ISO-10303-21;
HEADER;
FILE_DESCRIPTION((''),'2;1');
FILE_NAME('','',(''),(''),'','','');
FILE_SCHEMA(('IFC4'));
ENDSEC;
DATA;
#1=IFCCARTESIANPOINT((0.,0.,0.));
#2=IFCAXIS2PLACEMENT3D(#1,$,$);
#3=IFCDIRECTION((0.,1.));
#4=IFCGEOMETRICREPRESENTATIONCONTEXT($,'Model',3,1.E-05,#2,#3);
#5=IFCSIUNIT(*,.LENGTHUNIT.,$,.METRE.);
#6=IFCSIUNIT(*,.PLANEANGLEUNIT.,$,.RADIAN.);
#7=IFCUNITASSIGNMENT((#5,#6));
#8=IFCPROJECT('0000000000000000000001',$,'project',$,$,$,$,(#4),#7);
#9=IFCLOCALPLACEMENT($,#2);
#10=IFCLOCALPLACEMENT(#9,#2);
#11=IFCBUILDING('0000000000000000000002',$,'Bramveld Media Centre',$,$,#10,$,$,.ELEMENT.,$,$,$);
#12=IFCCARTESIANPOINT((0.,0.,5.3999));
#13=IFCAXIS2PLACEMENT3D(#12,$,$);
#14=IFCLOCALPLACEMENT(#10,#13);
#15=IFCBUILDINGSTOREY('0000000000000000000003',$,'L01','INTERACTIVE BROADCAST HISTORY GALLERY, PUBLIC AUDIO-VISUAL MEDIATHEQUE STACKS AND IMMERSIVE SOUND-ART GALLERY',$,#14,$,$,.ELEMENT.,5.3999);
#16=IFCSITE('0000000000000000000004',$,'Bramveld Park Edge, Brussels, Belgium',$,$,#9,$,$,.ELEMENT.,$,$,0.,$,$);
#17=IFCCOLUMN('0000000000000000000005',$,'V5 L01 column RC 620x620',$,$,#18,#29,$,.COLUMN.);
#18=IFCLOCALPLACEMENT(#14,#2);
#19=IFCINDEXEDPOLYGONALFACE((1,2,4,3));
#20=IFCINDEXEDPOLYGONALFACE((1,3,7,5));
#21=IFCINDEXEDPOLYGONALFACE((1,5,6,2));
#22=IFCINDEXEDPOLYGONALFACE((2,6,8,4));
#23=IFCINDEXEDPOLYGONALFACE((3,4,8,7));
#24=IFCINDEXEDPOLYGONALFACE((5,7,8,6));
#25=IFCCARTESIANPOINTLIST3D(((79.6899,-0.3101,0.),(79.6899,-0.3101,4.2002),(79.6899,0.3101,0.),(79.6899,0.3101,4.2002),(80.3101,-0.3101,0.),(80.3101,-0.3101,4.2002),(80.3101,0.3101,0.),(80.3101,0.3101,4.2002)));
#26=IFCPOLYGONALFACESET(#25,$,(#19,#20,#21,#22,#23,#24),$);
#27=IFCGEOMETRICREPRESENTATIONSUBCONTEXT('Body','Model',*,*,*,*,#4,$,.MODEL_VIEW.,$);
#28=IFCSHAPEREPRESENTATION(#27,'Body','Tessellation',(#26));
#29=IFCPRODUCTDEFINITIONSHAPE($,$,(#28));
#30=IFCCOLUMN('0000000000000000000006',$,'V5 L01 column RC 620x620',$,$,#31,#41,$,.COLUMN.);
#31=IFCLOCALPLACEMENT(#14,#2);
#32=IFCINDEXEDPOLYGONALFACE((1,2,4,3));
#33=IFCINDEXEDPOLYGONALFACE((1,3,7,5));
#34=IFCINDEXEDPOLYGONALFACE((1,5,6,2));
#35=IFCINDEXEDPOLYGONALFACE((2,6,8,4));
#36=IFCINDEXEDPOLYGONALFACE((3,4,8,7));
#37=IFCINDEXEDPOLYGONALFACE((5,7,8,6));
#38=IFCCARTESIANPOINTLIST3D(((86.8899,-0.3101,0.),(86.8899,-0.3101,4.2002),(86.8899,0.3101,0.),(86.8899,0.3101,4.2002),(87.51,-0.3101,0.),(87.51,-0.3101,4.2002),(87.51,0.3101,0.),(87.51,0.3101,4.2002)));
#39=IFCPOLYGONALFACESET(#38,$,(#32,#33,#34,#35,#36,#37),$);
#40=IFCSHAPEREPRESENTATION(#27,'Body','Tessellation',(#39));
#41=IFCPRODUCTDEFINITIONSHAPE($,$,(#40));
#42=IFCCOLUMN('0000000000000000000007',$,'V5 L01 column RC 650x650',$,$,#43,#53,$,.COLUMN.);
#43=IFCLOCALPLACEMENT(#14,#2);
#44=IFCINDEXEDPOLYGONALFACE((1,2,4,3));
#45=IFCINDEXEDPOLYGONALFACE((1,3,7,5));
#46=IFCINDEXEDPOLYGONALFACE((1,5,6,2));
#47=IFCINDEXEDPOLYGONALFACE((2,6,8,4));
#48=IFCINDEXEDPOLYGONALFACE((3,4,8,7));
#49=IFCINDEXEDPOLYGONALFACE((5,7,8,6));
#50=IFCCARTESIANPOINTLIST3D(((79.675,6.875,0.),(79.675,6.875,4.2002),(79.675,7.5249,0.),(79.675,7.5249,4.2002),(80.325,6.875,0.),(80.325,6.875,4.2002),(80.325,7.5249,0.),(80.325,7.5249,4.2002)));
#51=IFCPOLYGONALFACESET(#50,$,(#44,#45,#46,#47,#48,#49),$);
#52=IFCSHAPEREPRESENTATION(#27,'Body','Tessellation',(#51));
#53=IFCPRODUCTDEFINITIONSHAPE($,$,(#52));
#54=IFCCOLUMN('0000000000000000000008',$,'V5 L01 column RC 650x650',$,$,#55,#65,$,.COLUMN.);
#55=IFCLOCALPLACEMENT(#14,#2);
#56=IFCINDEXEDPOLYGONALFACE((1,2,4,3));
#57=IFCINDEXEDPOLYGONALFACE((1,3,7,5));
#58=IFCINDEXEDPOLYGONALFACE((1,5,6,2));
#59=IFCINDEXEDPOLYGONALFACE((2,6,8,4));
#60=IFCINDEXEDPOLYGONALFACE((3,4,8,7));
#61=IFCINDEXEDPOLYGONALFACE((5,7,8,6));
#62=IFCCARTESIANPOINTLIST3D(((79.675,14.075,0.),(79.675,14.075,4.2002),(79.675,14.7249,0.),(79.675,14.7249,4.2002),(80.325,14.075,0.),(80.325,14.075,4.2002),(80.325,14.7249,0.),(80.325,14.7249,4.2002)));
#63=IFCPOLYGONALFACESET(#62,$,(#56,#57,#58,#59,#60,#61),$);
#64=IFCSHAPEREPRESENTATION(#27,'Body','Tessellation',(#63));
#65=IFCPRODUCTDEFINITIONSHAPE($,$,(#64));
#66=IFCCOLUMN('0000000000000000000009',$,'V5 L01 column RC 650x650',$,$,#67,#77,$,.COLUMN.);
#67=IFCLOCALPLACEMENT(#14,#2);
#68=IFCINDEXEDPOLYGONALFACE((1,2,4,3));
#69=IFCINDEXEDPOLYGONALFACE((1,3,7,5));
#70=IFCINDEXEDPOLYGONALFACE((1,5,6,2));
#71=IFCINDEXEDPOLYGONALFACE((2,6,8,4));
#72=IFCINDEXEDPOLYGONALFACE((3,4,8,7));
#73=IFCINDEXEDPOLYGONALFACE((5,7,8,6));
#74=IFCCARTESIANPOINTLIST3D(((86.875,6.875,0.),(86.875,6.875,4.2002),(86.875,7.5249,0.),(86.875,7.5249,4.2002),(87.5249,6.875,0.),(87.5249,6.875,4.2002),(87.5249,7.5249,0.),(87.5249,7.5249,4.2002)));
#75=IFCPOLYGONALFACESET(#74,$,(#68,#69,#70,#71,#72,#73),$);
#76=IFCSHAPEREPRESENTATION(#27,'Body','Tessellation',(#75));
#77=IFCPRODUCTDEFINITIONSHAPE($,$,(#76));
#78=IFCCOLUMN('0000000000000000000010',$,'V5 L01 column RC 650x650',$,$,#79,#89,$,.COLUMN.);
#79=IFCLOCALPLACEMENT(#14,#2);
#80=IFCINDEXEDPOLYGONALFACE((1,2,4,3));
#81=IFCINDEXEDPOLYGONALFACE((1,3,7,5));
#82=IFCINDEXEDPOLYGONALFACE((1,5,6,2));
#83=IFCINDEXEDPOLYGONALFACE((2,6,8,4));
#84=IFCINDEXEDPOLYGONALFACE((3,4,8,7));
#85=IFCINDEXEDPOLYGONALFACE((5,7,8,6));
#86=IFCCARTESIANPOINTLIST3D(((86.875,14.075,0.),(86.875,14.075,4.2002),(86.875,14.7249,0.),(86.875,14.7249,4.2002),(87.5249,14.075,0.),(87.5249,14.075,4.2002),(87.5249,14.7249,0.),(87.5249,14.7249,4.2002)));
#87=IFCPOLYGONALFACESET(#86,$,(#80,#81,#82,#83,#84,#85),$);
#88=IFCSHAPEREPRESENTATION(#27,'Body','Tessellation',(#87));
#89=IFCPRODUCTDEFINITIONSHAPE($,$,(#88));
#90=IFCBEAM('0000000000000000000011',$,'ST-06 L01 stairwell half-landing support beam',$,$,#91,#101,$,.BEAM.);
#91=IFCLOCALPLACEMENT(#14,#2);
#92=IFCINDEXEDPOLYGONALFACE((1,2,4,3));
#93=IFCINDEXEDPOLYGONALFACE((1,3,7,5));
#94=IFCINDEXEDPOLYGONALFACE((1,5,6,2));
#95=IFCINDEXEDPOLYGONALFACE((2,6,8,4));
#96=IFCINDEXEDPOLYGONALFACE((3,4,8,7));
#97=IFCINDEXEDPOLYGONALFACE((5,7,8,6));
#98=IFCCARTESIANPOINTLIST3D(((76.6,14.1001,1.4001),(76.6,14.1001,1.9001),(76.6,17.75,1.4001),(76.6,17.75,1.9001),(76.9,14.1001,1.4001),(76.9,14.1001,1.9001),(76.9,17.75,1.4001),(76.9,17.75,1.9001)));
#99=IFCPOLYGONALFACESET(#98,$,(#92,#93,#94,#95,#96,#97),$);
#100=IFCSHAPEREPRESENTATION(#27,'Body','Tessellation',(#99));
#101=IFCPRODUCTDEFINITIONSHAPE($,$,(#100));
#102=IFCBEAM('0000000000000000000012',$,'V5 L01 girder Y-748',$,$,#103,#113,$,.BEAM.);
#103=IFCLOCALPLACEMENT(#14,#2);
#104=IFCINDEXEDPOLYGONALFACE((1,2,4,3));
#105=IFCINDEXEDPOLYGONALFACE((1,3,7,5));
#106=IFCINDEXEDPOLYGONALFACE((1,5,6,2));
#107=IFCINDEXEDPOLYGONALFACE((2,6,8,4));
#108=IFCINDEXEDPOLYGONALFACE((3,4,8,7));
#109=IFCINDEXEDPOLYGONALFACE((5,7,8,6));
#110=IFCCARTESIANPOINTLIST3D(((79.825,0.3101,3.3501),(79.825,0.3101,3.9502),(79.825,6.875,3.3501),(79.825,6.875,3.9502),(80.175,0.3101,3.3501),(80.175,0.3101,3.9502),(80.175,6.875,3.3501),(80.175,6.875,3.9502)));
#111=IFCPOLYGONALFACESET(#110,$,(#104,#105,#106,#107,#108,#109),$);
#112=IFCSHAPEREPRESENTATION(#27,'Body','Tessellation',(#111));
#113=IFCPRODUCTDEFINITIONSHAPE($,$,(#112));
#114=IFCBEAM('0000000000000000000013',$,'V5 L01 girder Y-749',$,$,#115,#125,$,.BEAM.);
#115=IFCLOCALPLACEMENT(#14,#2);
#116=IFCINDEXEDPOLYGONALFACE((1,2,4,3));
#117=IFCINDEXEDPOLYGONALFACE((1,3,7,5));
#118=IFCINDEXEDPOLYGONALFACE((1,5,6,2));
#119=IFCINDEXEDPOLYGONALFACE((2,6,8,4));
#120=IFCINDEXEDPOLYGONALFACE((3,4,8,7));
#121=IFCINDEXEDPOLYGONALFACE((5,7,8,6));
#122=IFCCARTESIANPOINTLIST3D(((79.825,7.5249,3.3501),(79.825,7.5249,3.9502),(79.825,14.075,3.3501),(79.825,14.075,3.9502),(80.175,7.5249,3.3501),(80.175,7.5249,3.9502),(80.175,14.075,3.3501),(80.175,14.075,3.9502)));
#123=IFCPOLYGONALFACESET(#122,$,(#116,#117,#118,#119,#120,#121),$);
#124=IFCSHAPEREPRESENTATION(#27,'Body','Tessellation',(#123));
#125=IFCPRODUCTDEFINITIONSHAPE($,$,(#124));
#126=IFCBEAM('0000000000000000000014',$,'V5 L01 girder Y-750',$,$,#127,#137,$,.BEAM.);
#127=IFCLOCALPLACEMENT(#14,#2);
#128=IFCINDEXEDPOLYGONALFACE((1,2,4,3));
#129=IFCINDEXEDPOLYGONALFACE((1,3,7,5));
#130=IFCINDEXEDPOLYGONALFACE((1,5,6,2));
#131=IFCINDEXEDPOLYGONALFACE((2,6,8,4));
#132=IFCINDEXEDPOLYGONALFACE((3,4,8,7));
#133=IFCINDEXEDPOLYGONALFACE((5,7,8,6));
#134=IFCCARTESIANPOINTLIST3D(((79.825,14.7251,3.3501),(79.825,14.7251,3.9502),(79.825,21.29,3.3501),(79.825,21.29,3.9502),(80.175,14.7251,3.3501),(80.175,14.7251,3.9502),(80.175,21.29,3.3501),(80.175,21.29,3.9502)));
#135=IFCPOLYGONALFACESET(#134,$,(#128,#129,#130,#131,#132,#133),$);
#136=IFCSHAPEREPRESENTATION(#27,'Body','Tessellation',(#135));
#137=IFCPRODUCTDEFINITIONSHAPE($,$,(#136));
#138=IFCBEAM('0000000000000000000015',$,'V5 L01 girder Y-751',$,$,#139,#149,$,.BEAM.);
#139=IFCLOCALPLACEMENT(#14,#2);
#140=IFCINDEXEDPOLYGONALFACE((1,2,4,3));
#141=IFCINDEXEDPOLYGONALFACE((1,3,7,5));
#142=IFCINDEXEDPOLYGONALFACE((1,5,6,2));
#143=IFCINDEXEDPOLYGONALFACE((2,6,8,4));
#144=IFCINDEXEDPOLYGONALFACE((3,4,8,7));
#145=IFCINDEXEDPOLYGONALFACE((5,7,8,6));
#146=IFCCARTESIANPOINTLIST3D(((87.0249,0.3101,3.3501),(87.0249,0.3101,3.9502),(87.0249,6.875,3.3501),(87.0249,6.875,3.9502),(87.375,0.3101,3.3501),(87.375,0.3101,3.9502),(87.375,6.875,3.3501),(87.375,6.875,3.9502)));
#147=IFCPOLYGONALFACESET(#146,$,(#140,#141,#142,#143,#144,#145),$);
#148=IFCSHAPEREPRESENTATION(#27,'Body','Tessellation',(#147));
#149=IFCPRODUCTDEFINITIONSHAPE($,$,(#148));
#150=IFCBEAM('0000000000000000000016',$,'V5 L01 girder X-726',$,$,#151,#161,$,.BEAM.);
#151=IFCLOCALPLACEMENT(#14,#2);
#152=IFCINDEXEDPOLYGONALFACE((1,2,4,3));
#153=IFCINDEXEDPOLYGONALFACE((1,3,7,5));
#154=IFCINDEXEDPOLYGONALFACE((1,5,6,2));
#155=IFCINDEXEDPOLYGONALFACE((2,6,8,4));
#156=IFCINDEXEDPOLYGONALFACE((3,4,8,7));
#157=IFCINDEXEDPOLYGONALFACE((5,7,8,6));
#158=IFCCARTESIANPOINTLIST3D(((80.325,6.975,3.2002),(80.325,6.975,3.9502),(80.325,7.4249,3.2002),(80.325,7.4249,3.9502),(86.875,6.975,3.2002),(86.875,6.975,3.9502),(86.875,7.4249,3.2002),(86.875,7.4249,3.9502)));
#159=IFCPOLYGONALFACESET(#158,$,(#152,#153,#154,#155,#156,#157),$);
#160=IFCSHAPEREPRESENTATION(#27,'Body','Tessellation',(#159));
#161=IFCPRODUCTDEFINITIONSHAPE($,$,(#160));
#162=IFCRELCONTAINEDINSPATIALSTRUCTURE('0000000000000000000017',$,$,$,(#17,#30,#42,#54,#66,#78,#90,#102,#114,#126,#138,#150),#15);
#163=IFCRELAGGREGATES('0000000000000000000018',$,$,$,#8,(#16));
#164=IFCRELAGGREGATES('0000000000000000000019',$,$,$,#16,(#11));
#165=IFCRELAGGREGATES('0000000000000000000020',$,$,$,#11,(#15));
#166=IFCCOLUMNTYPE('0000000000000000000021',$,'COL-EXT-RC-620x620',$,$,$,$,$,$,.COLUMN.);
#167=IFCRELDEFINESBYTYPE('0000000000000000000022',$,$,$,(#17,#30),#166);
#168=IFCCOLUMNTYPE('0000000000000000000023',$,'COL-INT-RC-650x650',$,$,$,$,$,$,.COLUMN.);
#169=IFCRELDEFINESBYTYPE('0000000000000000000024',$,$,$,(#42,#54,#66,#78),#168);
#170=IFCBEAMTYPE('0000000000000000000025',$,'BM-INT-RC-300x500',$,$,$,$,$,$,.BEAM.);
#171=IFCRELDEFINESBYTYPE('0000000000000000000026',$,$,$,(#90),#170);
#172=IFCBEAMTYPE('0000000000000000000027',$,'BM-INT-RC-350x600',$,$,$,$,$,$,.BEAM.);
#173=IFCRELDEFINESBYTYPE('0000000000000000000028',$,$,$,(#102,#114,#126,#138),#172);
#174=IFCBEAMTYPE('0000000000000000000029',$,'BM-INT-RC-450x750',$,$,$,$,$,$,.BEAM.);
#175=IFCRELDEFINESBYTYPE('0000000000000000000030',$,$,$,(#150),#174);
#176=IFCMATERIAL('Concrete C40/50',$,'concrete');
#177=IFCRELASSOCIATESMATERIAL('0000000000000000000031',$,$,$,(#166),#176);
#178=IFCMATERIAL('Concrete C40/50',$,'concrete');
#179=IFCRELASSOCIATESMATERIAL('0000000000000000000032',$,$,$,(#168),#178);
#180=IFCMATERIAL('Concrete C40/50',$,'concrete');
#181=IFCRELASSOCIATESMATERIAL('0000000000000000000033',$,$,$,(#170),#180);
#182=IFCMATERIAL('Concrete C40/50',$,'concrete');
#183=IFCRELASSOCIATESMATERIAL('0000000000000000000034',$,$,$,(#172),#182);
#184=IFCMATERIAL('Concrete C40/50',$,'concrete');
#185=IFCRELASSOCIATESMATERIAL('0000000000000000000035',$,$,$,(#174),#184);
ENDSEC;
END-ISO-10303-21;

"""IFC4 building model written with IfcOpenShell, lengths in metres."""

from ifc_helpers import new_model, si_unit, direction, frame, origin, origin_2d, place, context, subcontext, project, spatial, rectangle, extrude, material, material_profile, profile_set, type_object, element, save


model = new_model("IFC4")

# Units and contexts
model_context = context("Model", 3, precision=1e-05, world=origin(), true_north=direction((0.0, 1.0)))
body_context = subcontext(model_context, "Body", "Model", "MODEL_VIEW")
ifc_project = project(units=[si_unit("LENGTHUNIT", "METRE"), si_unit("PLANEANGLEUNIT", "RADIAN")], contexts=[model_context])

# Site, building, storey
site_placement = place(None, origin())
site = spatial("IfcSite", under=ifc_project, at=site_placement, Name="Bramveld Park Edge, Brussels, Belgium", CompositionType="ELEMENT", RefElevation=0.0)
building_placement = place(site_placement, origin())
building = spatial("IfcBuilding", under=site, at=building_placement, Name="Bramveld Media Centre", CompositionType="ELEMENT")
storey_placement = place(building_placement, frame((0.0, 0.0, 5.3999)))
storey = spatial("IfcBuildingStorey", under=building, at=storey_placement, Name="L01", Description="INTERACTIVE BROADCAST HISTORY GALLERY, PUBLIC AUDIO-VISUAL MEDIATHEQUE STACKS AND IMMERSIVE SOUND-ART GALLERY", CompositionType="ELEMENT", Elevation=5.3999)

# Columns
ifc_material_1 = material(Name="Concrete C40/50", Category="concrete")
ifc_material_profile_1 = material_profile(ifc_material_1, rectangle(XDim=0.6201, YDim=0.6201, at=origin_2d()), Name="RC 620x620")
ifc_profile_set_1 = profile_set([ifc_material_profile_1], Name="Concrete C40/50")
column_type_1 = type_object("IfcColumnType", Name="COL-EXT-RC-620x620", PredefinedType="COLUMN", material=ifc_profile_set_1)
for number, where, z_axis, x_axis, name in (
    (1, (80.0, 0.0, 0.0), (0.0, 0.0, 1.0), (1.0, 0.0, 0.0), "V5 L01 column RC 620x620"),
    (2, (87.2, 0.0, 0.0), (0.0, 0.0, 1.0), (1.0, 0.0, 0.0), "V5 L01 column RC 620x620"),
):
    element("IfcColumn", number, at=place(storey_placement, frame(where, z_axis=z_axis, x_axis=x_axis)), inside=storey, type_object=column_type_1, Name=name, PredefinedType="COLUMN", context=body_context, shape_type="SweptSolid", body=[
        extrude(rectangle(XDim=0.6201, YDim=0.6201, at=origin_2d()), origin(), (0.0, 0.0, 1.0), 4.2002),
    ])
ifc_material_2 = material(Name="Concrete C40/50", Category="concrete")
ifc_material_profile_2 = material_profile(ifc_material_2, rectangle(XDim=0.6499, YDim=0.6499, at=origin_2d()), Name="RC 650x650")
ifc_profile_set_2 = profile_set([ifc_material_profile_2], Name="Concrete C40/50")
column_type_2 = type_object("IfcColumnType", Name="COL-INT-RC-650x650", PredefinedType="COLUMN", material=ifc_profile_set_2)
for number, where, z_axis, x_axis, name in (
    (3, (80.0, 7.2, 0.0), (0.0, 0.0, 1.0), (1.0, 0.0, 0.0), "V5 L01 column RC 650x650"),
    (4, (80.0, 14.3999, 0.0), (0.0, 0.0, 1.0), (1.0, 0.0, 0.0), "V5 L01 column RC 650x650"),
    (5, (87.2, 7.2, 0.0), (0.0, 0.0, 1.0), (1.0, 0.0, 0.0), "V5 L01 column RC 650x650"),
    (6, (87.2, 14.3999, 0.0), (0.0, 0.0, 1.0), (1.0, 0.0, 0.0), "V5 L01 column RC 650x650"),
):
    element("IfcColumn", number, at=place(storey_placement, frame(where, z_axis=z_axis, x_axis=x_axis)), inside=storey, type_object=column_type_2, Name=name, PredefinedType="COLUMN", context=body_context, shape_type="SweptSolid", body=[
        extrude(rectangle(XDim=0.6499, YDim=0.6499, at=origin_2d()), origin(), (0.0, 0.0, 1.0), 4.2002),
    ])

# Beams
ifc_material_3 = material(Name="Concrete C40/50", Category="concrete")
ifc_material_profile_3 = material_profile(ifc_material_3, rectangle(XDim=0.3, YDim=0.5, at=origin_2d()), Name="RC 300x500")
ifc_profile_set_3 = profile_set([ifc_material_profile_3], Name="Concrete C40/50")
beam_type_1 = type_object("IfcBeamType", Name="BM-INT-RC-300x500", PredefinedType="BEAM", material=ifc_profile_set_3)
beam_1_placement = place(storey_placement, frame((76.75, 14.1001, 1.6501), z_axis=(0.0, 1.0, 0.0), x_axis=(-1.0, 0.0, 0.0)))
element("IfcBeam", 7, at=beam_1_placement, inside=storey, type_object=beam_type_1, Name="ST-06 L01 stairwell half-landing support beam", PredefinedType="BEAM", context=body_context, shape_type="SweptSolid", body=[
    extrude(rectangle(XDim=0.3, YDim=0.5, at=origin_2d()), origin(), (0.0, 0.0, 1.0), 3.6499),
])
ifc_material_4 = material(Name="Concrete C40/50", Category="concrete")
ifc_material_profile_4 = material_profile(ifc_material_4, rectangle(XDim=0.3501, YDim=0.6001, at=origin_2d()), Name="RC 350x600")
ifc_profile_set_4 = profile_set([ifc_material_profile_4], Name="Concrete C40/50")
beam_type_2 = type_object("IfcBeamType", Name="BM-INT-RC-350x600", PredefinedType="BEAM", material=ifc_profile_set_4)
beam_2_placement = place(storey_placement, frame((80.0, 0.3101, 3.6501), z_axis=(0.0, 1.0, 0.0), x_axis=(-1.0, 0.0, 0.0)))
element("IfcBeam", 8, at=beam_2_placement, inside=storey, type_object=beam_type_2, Name="V5 L01 girder Y-748", PredefinedType="BEAM", context=body_context, shape_type="SweptSolid", body=[
    extrude(rectangle(XDim=0.3501, YDim=0.6001, at=origin_2d()), origin(), (0.0, 0.0, 1.0), 6.5649),
])
beam_3_placement = place(storey_placement, frame((80.0, 7.5249, 3.6501), z_axis=(0.0, 1.0, 0.0), x_axis=(-1.0, 0.0, 0.0)))
element("IfcBeam", 9, at=beam_3_placement, inside=storey, type_object=beam_type_2, Name="V5 L01 girder Y-749", PredefinedType="BEAM", context=body_context, shape_type="SweptSolid", body=[
    extrude(rectangle(XDim=0.3501, YDim=0.6001, at=origin_2d()), origin(), (0.0, 0.0, 1.0), 6.55),
])
for number, where, z_axis, x_axis, name in (
    (10, (80.0, 14.7251, 3.6501), (0.0, 1.0, 0.0), (-1.0, 0.0, 0.0), "V5 L01 girder Y-750"),
    (11, (87.2, 0.3101, 3.6501), (0.0, 1.0, 0.0), (-1.0, 0.0, 0.0), "V5 L01 girder Y-751"),
):
    element("IfcBeam", number, at=place(storey_placement, frame(where, z_axis=z_axis, x_axis=x_axis)), inside=storey, type_object=beam_type_2, Name=name, PredefinedType="BEAM", context=body_context, shape_type="SweptSolid", body=[
        extrude(rectangle(XDim=0.3501, YDim=0.6001, at=origin_2d()), origin(), (0.0, 0.0, 1.0), 6.5649),
    ])
ifc_material_5 = material(Name="Concrete C40/50", Category="concrete")
ifc_material_profile_5 = material_profile(ifc_material_5, rectangle(XDim=0.45, YDim=0.75, at=origin_2d()), Name="RC 450x750")
ifc_profile_set_5 = profile_set([ifc_material_profile_5], Name="Concrete C40/50")
beam_type_3 = type_object("IfcBeamType", Name="BM-INT-RC-450x750", PredefinedType="BEAM", material=ifc_profile_set_5)
beam_4_placement = place(storey_placement, frame((80.325, 7.2, 3.5752), z_axis=(1.0, 0.0, 0.0), x_axis=(0.0, 1.0, 0.0)))
element("IfcBeam", 12, at=beam_4_placement, inside=storey, type_object=beam_type_3, Name="V5 L01 girder X-726", PredefinedType="BEAM", context=body_context, shape_type="SweptSolid", body=[
    extrude(rectangle(XDim=0.45, YDim=0.75, at=origin_2d()), origin(), (0.0, 0.0, 1.0), 6.55),
])

save(model, "model.ifc")
